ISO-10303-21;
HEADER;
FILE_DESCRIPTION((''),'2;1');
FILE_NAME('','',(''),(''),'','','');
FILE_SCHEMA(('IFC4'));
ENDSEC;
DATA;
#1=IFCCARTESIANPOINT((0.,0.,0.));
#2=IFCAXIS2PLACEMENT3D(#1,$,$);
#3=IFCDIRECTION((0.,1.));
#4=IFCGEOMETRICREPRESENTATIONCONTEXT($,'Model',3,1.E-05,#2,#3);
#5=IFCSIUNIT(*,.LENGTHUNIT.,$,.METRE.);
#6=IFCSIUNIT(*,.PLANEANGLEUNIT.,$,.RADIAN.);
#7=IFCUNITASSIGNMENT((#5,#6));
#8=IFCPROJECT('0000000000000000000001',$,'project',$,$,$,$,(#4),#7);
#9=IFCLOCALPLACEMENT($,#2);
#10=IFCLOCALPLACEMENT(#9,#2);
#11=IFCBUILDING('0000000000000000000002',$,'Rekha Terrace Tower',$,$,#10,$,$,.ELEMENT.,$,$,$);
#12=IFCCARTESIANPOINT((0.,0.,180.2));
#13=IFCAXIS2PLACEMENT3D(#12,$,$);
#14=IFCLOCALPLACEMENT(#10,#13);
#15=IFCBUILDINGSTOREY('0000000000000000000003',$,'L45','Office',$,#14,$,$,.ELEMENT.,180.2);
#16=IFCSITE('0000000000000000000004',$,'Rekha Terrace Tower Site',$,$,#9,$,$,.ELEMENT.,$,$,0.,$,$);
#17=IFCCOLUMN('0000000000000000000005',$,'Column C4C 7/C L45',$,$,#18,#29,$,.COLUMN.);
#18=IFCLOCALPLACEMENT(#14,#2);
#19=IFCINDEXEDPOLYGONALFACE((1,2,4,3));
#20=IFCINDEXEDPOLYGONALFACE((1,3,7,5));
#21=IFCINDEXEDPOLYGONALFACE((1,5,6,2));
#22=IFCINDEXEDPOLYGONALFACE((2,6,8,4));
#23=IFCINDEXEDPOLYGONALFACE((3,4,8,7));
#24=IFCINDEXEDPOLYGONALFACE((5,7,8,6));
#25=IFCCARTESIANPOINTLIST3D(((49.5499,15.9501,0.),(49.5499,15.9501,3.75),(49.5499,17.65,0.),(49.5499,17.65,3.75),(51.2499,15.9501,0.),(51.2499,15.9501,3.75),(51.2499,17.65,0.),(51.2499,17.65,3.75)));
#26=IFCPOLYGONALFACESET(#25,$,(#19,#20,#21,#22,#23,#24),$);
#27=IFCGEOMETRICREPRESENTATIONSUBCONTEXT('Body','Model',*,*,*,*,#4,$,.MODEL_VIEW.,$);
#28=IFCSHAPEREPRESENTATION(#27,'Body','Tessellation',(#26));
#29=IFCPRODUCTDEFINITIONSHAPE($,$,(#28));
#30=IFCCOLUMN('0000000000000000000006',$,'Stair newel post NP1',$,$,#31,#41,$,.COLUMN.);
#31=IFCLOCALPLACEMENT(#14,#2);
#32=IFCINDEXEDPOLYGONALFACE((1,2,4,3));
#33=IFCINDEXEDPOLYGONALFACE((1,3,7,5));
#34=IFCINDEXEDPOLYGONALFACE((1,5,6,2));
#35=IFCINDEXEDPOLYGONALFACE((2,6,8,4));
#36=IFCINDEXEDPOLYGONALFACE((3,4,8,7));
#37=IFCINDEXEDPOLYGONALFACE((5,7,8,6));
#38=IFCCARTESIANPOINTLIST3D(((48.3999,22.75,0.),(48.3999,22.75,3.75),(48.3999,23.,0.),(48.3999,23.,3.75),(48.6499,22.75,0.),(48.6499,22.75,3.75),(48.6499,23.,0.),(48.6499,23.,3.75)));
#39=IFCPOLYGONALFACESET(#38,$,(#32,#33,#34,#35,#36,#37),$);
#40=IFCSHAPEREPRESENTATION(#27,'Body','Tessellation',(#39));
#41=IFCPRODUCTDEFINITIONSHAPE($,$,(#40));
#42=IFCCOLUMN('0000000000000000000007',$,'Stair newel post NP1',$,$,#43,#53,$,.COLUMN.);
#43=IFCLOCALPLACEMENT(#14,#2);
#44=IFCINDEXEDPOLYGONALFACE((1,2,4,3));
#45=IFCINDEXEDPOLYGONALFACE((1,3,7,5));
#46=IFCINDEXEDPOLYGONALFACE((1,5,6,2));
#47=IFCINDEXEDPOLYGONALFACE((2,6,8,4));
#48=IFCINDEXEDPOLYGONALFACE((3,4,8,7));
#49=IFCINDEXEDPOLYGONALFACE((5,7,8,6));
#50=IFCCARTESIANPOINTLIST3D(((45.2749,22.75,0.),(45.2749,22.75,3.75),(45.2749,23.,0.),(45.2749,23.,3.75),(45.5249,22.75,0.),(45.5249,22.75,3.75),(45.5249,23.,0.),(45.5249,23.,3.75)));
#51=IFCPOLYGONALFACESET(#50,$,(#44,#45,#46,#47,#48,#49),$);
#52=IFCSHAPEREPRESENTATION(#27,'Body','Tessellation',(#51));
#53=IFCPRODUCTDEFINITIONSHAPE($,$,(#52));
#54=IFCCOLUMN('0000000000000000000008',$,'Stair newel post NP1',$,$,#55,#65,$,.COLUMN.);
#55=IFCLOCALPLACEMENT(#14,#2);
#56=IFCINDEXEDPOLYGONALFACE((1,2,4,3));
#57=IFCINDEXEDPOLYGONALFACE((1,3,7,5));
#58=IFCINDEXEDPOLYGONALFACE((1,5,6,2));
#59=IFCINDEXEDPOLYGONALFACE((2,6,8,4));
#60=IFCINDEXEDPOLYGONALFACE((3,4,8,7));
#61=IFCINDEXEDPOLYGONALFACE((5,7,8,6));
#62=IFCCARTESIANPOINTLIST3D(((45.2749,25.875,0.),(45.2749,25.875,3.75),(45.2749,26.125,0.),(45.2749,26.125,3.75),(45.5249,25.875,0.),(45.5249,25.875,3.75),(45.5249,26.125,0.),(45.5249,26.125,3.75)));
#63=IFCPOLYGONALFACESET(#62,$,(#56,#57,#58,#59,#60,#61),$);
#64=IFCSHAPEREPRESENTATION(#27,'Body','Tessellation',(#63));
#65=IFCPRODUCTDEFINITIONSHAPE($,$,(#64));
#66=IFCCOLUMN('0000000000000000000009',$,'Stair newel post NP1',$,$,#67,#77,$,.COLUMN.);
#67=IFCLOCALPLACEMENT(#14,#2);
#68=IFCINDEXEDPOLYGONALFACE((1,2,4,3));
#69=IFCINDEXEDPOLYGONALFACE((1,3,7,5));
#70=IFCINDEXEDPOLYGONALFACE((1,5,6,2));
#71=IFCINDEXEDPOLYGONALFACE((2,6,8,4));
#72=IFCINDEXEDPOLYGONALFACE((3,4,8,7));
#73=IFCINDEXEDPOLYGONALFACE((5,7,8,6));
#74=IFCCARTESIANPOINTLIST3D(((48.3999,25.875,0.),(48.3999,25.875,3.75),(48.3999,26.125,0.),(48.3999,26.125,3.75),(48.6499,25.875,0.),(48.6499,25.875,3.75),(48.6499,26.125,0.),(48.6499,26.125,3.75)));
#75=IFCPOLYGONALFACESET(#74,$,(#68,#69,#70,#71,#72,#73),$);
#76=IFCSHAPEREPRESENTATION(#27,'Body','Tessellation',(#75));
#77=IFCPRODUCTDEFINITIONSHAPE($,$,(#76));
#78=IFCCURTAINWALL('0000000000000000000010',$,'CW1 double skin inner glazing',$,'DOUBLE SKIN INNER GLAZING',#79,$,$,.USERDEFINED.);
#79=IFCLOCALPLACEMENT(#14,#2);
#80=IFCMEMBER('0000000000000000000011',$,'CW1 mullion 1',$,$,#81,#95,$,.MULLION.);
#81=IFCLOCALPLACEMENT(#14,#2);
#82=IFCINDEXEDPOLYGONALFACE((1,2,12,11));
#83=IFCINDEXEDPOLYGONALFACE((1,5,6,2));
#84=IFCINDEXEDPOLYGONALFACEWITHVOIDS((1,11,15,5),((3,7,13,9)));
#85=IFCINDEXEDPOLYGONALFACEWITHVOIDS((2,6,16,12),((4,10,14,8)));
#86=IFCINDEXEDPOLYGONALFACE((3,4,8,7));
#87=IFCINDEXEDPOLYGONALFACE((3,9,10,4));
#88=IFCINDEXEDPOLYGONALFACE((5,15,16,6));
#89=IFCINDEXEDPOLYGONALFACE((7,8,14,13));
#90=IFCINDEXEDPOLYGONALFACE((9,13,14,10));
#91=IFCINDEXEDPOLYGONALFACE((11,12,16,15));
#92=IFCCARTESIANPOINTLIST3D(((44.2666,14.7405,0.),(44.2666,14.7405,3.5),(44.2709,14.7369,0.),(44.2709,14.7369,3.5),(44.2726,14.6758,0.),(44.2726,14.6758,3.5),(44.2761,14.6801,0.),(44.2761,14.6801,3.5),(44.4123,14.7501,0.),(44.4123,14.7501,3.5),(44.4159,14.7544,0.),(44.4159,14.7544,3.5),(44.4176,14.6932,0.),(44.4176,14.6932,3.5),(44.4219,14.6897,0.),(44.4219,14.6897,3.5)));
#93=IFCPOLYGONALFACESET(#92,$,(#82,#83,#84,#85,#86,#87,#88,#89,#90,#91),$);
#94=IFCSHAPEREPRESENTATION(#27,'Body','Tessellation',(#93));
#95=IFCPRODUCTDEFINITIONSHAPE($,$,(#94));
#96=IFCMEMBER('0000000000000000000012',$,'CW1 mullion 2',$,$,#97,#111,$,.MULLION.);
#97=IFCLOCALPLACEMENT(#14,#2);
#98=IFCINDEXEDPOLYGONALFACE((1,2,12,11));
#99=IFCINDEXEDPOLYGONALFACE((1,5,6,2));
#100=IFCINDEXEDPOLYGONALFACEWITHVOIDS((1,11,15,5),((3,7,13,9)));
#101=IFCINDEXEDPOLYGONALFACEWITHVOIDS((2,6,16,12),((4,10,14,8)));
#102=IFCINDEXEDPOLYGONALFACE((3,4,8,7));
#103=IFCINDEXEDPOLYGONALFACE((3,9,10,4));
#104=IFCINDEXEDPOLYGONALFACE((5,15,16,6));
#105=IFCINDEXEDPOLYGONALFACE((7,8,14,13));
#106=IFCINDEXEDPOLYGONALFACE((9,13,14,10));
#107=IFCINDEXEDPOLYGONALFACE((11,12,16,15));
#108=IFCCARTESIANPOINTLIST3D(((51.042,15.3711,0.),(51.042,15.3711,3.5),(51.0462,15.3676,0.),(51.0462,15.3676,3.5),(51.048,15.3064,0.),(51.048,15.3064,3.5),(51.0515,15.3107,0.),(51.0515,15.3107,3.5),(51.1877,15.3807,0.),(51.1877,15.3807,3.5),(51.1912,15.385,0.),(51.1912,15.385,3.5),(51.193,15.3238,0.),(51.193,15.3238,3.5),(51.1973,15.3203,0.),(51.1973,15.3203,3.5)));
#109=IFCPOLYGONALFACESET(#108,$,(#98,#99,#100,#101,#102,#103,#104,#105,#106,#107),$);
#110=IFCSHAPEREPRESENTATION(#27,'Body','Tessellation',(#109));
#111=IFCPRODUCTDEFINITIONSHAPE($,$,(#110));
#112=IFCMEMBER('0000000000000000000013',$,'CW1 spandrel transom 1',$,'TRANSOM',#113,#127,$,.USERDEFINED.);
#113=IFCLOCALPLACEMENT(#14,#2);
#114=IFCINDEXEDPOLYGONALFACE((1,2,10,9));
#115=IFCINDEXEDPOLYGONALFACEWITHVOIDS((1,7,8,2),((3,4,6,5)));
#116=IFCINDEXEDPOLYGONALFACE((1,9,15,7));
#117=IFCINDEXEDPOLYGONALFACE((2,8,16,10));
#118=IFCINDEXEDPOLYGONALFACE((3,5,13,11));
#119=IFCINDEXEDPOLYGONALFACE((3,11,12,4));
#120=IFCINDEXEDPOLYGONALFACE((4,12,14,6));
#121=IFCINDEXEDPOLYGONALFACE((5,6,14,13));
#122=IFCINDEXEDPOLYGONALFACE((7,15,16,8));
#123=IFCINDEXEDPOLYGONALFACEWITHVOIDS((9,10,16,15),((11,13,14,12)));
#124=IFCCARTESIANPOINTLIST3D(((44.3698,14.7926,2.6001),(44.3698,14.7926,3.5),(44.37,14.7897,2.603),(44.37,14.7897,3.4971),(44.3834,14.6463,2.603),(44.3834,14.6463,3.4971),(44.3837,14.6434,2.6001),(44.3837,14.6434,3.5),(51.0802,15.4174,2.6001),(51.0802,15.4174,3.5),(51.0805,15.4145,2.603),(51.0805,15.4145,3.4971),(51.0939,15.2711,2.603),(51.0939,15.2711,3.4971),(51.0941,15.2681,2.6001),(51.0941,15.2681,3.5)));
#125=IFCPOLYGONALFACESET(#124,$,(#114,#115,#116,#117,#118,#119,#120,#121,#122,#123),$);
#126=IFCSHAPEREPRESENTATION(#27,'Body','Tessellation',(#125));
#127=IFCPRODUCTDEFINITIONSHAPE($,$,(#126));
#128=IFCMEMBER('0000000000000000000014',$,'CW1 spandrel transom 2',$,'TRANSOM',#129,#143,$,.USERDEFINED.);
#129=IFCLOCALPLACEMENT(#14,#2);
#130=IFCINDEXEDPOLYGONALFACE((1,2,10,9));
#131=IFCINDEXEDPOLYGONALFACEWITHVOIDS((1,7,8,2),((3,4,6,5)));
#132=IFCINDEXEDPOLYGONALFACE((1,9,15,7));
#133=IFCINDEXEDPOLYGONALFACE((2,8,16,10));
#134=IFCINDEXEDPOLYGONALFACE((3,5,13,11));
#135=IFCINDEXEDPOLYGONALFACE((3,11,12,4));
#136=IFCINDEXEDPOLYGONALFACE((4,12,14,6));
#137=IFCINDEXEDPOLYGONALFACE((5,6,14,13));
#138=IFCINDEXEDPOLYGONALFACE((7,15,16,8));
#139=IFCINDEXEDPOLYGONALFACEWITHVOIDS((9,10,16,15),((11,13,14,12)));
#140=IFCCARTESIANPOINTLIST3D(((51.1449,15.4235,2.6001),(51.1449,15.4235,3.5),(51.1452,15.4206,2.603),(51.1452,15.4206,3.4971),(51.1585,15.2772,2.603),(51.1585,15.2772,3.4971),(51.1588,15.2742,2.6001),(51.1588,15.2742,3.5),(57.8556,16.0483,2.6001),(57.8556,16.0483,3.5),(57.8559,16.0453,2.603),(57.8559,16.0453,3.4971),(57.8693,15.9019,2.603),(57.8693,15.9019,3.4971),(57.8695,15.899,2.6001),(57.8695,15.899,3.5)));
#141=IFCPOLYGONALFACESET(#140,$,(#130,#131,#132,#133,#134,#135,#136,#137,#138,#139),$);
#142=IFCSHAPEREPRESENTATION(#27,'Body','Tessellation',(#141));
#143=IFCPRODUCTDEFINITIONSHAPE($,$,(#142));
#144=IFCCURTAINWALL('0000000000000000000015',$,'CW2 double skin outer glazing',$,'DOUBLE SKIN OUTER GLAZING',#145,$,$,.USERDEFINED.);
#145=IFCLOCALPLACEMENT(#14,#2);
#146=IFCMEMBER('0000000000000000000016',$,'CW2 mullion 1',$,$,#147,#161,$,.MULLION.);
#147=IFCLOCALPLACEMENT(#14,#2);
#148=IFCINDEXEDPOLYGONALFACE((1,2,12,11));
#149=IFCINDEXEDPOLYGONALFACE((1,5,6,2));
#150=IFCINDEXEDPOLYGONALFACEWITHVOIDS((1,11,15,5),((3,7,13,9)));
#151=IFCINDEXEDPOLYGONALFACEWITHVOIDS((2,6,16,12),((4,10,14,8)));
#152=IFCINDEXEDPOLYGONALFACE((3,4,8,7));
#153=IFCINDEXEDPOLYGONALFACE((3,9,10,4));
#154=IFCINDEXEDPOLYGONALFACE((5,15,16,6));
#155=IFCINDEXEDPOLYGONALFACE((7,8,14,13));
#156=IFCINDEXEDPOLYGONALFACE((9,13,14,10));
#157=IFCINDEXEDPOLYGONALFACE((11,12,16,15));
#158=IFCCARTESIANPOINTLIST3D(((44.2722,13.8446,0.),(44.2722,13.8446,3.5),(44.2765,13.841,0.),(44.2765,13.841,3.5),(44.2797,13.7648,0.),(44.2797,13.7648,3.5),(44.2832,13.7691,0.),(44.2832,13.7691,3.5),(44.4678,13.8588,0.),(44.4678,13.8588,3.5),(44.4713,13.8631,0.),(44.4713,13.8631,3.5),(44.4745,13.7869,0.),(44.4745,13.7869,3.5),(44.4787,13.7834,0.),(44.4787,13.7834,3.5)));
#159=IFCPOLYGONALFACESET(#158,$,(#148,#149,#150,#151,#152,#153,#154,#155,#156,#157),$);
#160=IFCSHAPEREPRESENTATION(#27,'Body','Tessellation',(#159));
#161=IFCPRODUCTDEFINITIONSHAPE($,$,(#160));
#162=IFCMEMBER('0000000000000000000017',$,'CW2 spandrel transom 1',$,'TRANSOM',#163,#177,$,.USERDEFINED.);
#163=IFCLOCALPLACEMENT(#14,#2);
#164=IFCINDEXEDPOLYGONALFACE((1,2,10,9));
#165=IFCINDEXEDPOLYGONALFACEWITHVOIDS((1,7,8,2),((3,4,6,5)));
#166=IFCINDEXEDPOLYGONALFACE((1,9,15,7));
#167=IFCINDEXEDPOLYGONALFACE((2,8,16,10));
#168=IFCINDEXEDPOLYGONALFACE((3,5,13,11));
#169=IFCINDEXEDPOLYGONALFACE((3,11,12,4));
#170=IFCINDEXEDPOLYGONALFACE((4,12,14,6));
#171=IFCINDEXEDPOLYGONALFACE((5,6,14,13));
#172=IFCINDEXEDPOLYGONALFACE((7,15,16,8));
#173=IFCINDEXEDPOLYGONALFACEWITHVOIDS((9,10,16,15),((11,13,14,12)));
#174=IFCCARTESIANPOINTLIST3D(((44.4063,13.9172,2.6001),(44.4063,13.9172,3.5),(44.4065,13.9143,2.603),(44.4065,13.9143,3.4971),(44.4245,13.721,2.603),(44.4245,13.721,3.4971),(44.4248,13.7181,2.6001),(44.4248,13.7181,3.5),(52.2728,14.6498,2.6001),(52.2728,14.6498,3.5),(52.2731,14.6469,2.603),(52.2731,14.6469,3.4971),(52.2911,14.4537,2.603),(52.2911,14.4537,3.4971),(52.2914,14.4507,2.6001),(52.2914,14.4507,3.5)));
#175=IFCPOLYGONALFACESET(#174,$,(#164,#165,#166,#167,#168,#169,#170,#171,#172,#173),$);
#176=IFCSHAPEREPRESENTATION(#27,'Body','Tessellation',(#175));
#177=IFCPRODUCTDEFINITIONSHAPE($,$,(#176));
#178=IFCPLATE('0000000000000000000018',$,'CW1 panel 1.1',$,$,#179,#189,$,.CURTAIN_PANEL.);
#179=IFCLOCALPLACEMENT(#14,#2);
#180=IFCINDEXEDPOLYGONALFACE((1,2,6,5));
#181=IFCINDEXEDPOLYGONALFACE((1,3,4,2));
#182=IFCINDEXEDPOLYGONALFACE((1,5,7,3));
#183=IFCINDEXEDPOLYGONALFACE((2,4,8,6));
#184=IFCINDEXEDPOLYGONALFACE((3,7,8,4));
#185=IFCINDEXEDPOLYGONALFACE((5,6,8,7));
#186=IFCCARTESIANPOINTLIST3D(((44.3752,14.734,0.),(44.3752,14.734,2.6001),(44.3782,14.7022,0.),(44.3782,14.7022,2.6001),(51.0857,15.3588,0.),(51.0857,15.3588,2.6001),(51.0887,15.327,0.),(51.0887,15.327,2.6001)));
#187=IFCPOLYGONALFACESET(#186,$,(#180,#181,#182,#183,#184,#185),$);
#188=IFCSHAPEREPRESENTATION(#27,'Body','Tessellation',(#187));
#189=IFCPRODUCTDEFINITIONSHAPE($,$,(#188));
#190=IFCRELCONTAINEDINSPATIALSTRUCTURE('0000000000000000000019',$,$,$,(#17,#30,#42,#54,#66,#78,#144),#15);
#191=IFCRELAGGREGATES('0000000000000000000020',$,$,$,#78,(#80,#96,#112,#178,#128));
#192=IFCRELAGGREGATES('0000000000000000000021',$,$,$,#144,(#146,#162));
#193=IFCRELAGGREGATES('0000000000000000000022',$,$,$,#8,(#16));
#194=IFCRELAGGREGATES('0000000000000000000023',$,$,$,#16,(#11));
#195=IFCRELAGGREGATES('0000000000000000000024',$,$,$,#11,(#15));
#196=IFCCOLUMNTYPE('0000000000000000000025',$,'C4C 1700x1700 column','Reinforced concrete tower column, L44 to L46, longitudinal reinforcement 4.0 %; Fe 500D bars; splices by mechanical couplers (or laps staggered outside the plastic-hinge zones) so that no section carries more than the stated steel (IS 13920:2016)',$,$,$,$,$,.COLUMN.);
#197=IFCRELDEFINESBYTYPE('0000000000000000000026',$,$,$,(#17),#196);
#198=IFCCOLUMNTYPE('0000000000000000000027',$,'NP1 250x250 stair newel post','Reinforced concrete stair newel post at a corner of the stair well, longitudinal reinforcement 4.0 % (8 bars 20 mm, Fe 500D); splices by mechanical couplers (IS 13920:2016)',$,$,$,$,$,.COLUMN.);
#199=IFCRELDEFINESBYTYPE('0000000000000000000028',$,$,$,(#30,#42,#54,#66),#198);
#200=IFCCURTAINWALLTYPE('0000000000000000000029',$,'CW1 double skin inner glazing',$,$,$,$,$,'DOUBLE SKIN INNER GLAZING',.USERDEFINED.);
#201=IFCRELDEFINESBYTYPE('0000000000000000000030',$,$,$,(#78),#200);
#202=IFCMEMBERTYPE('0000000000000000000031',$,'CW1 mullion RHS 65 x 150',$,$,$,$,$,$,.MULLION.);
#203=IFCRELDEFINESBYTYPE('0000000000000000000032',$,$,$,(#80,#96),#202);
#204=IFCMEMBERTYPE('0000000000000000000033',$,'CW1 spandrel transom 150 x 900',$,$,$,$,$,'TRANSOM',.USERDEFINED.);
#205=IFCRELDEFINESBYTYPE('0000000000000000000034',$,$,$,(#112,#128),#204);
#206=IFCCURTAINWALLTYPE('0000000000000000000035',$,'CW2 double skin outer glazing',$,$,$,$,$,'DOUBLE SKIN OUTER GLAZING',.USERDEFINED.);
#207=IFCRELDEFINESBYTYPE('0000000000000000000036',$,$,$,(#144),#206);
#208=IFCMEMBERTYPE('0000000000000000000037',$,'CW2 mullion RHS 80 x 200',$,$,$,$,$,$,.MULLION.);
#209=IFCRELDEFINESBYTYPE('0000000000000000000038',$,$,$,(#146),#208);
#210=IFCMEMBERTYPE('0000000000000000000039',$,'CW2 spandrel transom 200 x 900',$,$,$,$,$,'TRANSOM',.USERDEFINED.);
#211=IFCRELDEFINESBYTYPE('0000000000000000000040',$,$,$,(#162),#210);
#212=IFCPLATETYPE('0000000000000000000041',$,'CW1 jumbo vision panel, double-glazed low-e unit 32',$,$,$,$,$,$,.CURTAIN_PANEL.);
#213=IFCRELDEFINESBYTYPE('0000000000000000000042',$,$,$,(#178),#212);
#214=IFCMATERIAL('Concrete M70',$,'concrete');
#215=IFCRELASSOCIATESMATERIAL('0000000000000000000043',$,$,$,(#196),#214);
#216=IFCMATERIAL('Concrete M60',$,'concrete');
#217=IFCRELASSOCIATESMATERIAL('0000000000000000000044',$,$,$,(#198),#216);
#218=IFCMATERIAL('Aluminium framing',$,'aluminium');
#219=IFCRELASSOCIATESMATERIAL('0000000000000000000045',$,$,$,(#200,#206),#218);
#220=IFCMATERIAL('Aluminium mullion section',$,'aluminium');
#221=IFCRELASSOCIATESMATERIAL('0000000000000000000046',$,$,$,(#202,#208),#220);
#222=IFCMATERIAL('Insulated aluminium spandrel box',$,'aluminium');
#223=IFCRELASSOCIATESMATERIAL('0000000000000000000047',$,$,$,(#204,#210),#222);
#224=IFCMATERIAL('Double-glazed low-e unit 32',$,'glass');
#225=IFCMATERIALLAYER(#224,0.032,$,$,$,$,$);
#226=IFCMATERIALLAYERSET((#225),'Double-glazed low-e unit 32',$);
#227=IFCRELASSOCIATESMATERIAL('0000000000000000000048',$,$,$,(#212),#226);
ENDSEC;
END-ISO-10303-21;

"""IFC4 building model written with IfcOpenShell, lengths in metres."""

from ifc_helpers import new_model, si_unit, direction, frame, origin, origin_2d, place, context, subcontext, project, spatial, rectangle, hollow_rectangle, extrude, material, layer, layer_set, material_profile, profile_set, type_object, element, aggregate, save


model = new_model("IFC4")

# Units and contexts
model_context = context("Model", 3, precision=1e-05, world=origin(), true_north=direction((0.0, 1.0)))
body_context = subcontext(model_context, "Body", "Model", "MODEL_VIEW")
ifc_project = project(units=[si_unit("LENGTHUNIT", "METRE"), si_unit("PLANEANGLEUNIT", "RADIAN")], contexts=[model_context])

# Site, building, storey
site_placement = place(None, origin())
site = spatial("IfcSite", under=ifc_project, at=site_placement, Name="Rekha Terrace Tower Site", CompositionType="ELEMENT", RefElevation=0.0)
building_placement = place(site_placement, origin())
building = spatial("IfcBuilding", under=site, at=building_placement, Name="Rekha Terrace Tower", CompositionType="ELEMENT")
storey_placement = place(building_placement, frame((0.0, 0.0, 180.2)))
storey = spatial("IfcBuildingStorey", under=building, at=storey_placement, Name="L45", Description="Office", CompositionType="ELEMENT", Elevation=180.2)

# Columns
ifc_material_1 = material(Name="Concrete M70", Category="concrete")
ifc_material_profile_1 = material_profile(ifc_material_1, rectangle(XDim=1.7, YDim=1.7, at=origin_2d()), Name="RC 1700x1700")
ifc_profile_set_1 = profile_set([ifc_material_profile_1], Name="Concrete M70")
column_type_1 = type_object("IfcColumnType", Name="C4C 1700x1700 column", Description="Reinforced concrete tower column, L44 to L46, longitudinal reinforcement 4.0 %; Fe 500D bars; splices by mechanical couplers (or laps staggered outside the plastic-hinge zones) so that no section carries more than the stated steel (IS 13920:2016)", PredefinedType="COLUMN", material=ifc_profile_set_1)
column_placement = place(storey_placement, frame((50.3999, 16.8, 0.0), z_axis=(0.0, 0.0, 1.0), x_axis=(1.0, 0.0, 0.0)))
element("IfcColumn", 1, at=column_placement, inside=storey, type_object=column_type_1, Name="Column C4C 7/C L45", PredefinedType="COLUMN", context=body_context, shape_type="SweptSolid", body=[
    extrude(rectangle(XDim=1.7, YDim=1.7, at=origin_2d()), origin(), (0.0, 0.0, 1.0), 3.75),
])
ifc_material_2 = material(Name="Concrete M60", Category="concrete")
ifc_material_profile_2 = material_profile(ifc_material_2, rectangle(XDim=0.25, YDim=0.25, at=origin_2d()), Name="RC 250x250")
ifc_profile_set_2 = profile_set([ifc_material_profile_2], Name="Concrete M60")
column_type_2 = type_object("IfcColumnType", Name="NP1 250x250 stair newel post", Description="Reinforced concrete stair newel post at a corner of the stair well, longitudinal reinforcement 4.0 % (8 bars 20 mm, Fe 500D); splices by mechanical couplers (IS 13920:2016)", PredefinedType="COLUMN", material=ifc_profile_set_2)
for number, where, z_axis, x_axis, name in (
    (2, (48.5249, 22.875, 0.0), (0.0, 0.0, 1.0), (1.0, 0.0, 0.0), "Stair newel post NP1"),
    (3, (45.3999, 22.875, 0.0), (0.0, 0.0, 1.0), (1.0, 0.0, 0.0), "Stair newel post NP1"),
    (4, (45.3999, 26.0, 0.0), (0.0, 0.0, 1.0), (1.0, 0.0, 0.0), "Stair newel post NP1"),
    (5, (48.5249, 26.0, 0.0), (0.0, 0.0, 1.0), (1.0, 0.0, 0.0), "Stair newel post NP1"),
):
    element("IfcColumn", number, at=place(storey_placement, frame(where, z_axis=z_axis, x_axis=x_axis)), inside=storey, type_object=column_type_2, Name=name, PredefinedType="COLUMN", context=body_context, shape_type="SweptSolid", body=[
        extrude(rectangle(XDim=0.25, YDim=0.25, at=origin_2d()), origin(), (0.0, 0.0, 1.0), 3.75),
    ])

# Curtain walls, members
ifc_material_3 = material(Name="Aluminium framing", Category="aluminium")
curtain_wall_type_1 = type_object("IfcCurtainWallType", Name="CW1 double skin inner glazing", ElementType="DOUBLE SKIN INNER GLAZING", PredefinedType="USERDEFINED", material=ifc_material_3)
curtain_wall_1_placement = place(storey_placement, origin())
curtain_wall_1 = element("IfcCurtainWall", 6, at=curtain_wall_1_placement, inside=storey, type_object=curtain_wall_type_1, Name="CW1 double skin inner glazing", ObjectType="DOUBLE SKIN INNER GLAZING", PredefinedType="USERDEFINED")
ifc_material_4 = material(Name="Aluminium mullion section", Category="aluminium")
ifc_material_profile_3 = material_profile(ifc_material_4, hollow_rectangle(XDim=0.0649, YDim=0.1499, WallThickness=0.0039, at=origin_2d()), Name="AL RHS 65x150")
ifc_profile_set_3 = profile_set([ifc_material_profile_3], Name="Aluminium mullion section")
member_type_1 = type_object("IfcMemberType", Name="CW1 mullion RHS 65 x 150", PredefinedType="MULLION", material=ifc_profile_set_3)
member_1_placement = place(storey_placement, frame((44.3442, 14.7151, 0.0), z_axis=(0.0, 0.0, 1.0), x_axis=(-0.092709, 0.995693, 0.0)))
member_1 = element("IfcMember", 7, at=member_1_placement, type_object=member_type_1, Name="CW1 mullion 1", PredefinedType="MULLION", context=body_context, shape_type="SweptSolid", body=[
    extrude(hollow_rectangle(XDim=0.0649, YDim=0.1499, WallThickness=0.0039, at=origin_2d()), origin(), (0.0, 0.0, 1.0), 3.5),
])
member_2_placement = place(storey_placement, frame((51.1196, 15.3457, 0.0), z_axis=(0.0, 0.0, 1.0), x_axis=(-0.092709, 0.995693, 0.0)))
member_2 = element("IfcMember", 8, at=member_2_placement, type_object=member_type_1, Name="CW1 mullion 2", PredefinedType="MULLION", context=body_context, shape_type="SweptSolid", body=[
    extrude(hollow_rectangle(XDim=0.0649, YDim=0.1499, WallThickness=0.0039, at=origin_2d()), origin(), (0.0, 0.0, 1.0), 3.5),
])
ifc_material_5 = material(Name="Insulated aluminium spandrel box", Category="aluminium")
ifc_material_profile_4 = material_profile(ifc_material_5, hollow_rectangle(XDim=0.1499, YDim=0.8999, WallThickness=0.0029, at=origin_2d()), Name="AL SPANDREL BOX 150x900")
ifc_profile_set_4 = profile_set([ifc_material_profile_4], Name="Insulated aluminium spandrel box")
member_type_2 = type_object("IfcMemberType", Name="CW1 spandrel transom 150 x 900", ElementType="TRANSOM", PredefinedType="USERDEFINED", material=ifc_profile_set_4)
member_3_placement = place(storey_placement, frame((44.3767, 14.718, 3.05), z_axis=(0.995694, 0.092701, 0.0), x_axis=(-0.092701, 0.995694, 0.0)))
member_3 = element("IfcMember", 9, at=member_3_placement, type_object=member_type_2, Name="CW1 spandrel transom 1", ObjectType="TRANSOM", PredefinedType="USERDEFINED", context=body_context, shape_type="SweptSolid", body=[
    extrude(hollow_rectangle(XDim=0.1499, YDim=0.8999, WallThickness=0.0029, at=origin_2d()), origin(), (0.0, 0.0, 1.0), 6.7395),
])
member_4_placement = place(storey_placement, frame((51.1519, 15.3489, 3.05), z_axis=(0.995694, 0.092698, 0.0), x_axis=(-0.092698, 0.995694, 0.0)))
member_4 = element("IfcMember", 10, at=member_4_placement, type_object=member_type_2, Name="CW1 spandrel transom 2", ObjectType="TRANSOM", PredefinedType="USERDEFINED", context=body_context, shape_type="SweptSolid", body=[
    extrude(hollow_rectangle(XDim=0.1499, YDim=0.8999, WallThickness=0.0029, at=origin_2d()), origin(), (0.0, 0.0, 1.0), 6.7397),
])
curtain_wall_type_2 = type_object("IfcCurtainWallType", Name="CW2 double skin outer glazing", ElementType="DOUBLE SKIN OUTER GLAZING", PredefinedType="USERDEFINED", material=ifc_material_3)
curtain_wall_2_placement = place(storey_placement, origin())
curtain_wall_2 = element("IfcCurtainWall", 11, at=curtain_wall_2_placement, inside=storey, type_object=curtain_wall_type_2, Name="CW2 double skin outer glazing", ObjectType="DOUBLE SKIN OUTER GLAZING", PredefinedType="USERDEFINED")
ifc_material_profile_5 = material_profile(ifc_material_4, hollow_rectangle(XDim=0.0801, YDim=0.2, WallThickness=0.0039, at=origin_2d()), Name="AL RHS 80x200")
ifc_profile_set_5 = profile_set([ifc_material_profile_5], Name="Aluminium mullion section")
member_type_3 = type_object("IfcMemberType", Name="CW2 mullion RHS 80 x 200", PredefinedType="MULLION", material=ifc_profile_set_5)
member_5_placement = place(storey_placement, frame((44.3755, 13.814, 0.0), z_axis=(0.0, 0.0, 1.0), x_axis=(-0.092709, 0.995693, 0.0)))
member_5 = element("IfcMember", 12, at=member_5_placement, type_object=member_type_3, Name="CW2 mullion 1", PredefinedType="MULLION", context=body_context, shape_type="SweptSolid", body=[
    extrude(hollow_rectangle(XDim=0.0801, YDim=0.2, WallThickness=0.0039, at=origin_2d()), origin(), (0.0, 0.0, 1.0), 3.5),
])
ifc_material_profile_6 = material_profile(ifc_material_5, hollow_rectangle(XDim=0.2, YDim=0.8999, WallThickness=0.0029, at=origin_2d()), Name="AL SPANDREL BOX 200x900")
ifc_profile_set_6 = profile_set([ifc_material_profile_6], Name="Insulated aluminium spandrel box")
member_type_4 = type_object("IfcMemberType", Name="CW2 spandrel transom 200 x 900", ElementType="TRANSOM", PredefinedType="USERDEFINED", material=ifc_profile_set_6)
member_6_placement = place(storey_placement, frame((44.4155, 13.8176, 3.05), z_axis=(0.995691, 0.092734, 0.0), x_axis=(-0.092734, 0.995691, 0.0)))
member_6 = element("IfcMember", 13, at=member_6_placement, type_object=member_type_4, Name="CW2 spandrel transom 1", ObjectType="TRANSOM", PredefinedType="USERDEFINED", context=body_context, shape_type="SweptSolid", body=[
    extrude(hollow_rectangle(XDim=0.2, YDim=0.8999, WallThickness=0.0029, at=origin_2d()), origin(), (0.0, 0.0, 1.0), 7.9006),
])

# Plate
ifc_material_6 = material(Name="Double-glazed low-e unit 32", Category="glass")
ifc_layer_1 = layer(ifc_material_6, 0.032)
ifc_layer_set_1 = layer_set([ifc_layer_1], Name="Double-glazed low-e unit 32")
plate_type_1 = type_object("IfcPlateType", Name="CW1 jumbo vision panel, double-glazed low-e unit 32", PredefinedType="CURTAIN_PANEL", material=ifc_layer_set_1)
plate_1_placement = place(storey_placement, frame((47.7319, 15.0305, 0.0), z_axis=(0.0, 0.0, 1.0), x_axis=(0.995693, 0.092709, 0.0)))
plate_1 = element("IfcPlate", 14, at=plate_1_placement, type_object=plate_type_1, Name="CW1 panel 1.1", PredefinedType="CURTAIN_PANEL", context=body_context, shape_type="SweptSolid", body=[
    extrude(rectangle(XDim=6.7395, YDim=0.032, at=origin_2d()), origin(), (0.0, 0.0, 1.0), 2.6001),
])
aggregate(curtain_wall_1, [member_1, member_2, member_3, plate_1, member_4])
aggregate(curtain_wall_2, [member_5, member_6])

save(model, "model.ifc")
